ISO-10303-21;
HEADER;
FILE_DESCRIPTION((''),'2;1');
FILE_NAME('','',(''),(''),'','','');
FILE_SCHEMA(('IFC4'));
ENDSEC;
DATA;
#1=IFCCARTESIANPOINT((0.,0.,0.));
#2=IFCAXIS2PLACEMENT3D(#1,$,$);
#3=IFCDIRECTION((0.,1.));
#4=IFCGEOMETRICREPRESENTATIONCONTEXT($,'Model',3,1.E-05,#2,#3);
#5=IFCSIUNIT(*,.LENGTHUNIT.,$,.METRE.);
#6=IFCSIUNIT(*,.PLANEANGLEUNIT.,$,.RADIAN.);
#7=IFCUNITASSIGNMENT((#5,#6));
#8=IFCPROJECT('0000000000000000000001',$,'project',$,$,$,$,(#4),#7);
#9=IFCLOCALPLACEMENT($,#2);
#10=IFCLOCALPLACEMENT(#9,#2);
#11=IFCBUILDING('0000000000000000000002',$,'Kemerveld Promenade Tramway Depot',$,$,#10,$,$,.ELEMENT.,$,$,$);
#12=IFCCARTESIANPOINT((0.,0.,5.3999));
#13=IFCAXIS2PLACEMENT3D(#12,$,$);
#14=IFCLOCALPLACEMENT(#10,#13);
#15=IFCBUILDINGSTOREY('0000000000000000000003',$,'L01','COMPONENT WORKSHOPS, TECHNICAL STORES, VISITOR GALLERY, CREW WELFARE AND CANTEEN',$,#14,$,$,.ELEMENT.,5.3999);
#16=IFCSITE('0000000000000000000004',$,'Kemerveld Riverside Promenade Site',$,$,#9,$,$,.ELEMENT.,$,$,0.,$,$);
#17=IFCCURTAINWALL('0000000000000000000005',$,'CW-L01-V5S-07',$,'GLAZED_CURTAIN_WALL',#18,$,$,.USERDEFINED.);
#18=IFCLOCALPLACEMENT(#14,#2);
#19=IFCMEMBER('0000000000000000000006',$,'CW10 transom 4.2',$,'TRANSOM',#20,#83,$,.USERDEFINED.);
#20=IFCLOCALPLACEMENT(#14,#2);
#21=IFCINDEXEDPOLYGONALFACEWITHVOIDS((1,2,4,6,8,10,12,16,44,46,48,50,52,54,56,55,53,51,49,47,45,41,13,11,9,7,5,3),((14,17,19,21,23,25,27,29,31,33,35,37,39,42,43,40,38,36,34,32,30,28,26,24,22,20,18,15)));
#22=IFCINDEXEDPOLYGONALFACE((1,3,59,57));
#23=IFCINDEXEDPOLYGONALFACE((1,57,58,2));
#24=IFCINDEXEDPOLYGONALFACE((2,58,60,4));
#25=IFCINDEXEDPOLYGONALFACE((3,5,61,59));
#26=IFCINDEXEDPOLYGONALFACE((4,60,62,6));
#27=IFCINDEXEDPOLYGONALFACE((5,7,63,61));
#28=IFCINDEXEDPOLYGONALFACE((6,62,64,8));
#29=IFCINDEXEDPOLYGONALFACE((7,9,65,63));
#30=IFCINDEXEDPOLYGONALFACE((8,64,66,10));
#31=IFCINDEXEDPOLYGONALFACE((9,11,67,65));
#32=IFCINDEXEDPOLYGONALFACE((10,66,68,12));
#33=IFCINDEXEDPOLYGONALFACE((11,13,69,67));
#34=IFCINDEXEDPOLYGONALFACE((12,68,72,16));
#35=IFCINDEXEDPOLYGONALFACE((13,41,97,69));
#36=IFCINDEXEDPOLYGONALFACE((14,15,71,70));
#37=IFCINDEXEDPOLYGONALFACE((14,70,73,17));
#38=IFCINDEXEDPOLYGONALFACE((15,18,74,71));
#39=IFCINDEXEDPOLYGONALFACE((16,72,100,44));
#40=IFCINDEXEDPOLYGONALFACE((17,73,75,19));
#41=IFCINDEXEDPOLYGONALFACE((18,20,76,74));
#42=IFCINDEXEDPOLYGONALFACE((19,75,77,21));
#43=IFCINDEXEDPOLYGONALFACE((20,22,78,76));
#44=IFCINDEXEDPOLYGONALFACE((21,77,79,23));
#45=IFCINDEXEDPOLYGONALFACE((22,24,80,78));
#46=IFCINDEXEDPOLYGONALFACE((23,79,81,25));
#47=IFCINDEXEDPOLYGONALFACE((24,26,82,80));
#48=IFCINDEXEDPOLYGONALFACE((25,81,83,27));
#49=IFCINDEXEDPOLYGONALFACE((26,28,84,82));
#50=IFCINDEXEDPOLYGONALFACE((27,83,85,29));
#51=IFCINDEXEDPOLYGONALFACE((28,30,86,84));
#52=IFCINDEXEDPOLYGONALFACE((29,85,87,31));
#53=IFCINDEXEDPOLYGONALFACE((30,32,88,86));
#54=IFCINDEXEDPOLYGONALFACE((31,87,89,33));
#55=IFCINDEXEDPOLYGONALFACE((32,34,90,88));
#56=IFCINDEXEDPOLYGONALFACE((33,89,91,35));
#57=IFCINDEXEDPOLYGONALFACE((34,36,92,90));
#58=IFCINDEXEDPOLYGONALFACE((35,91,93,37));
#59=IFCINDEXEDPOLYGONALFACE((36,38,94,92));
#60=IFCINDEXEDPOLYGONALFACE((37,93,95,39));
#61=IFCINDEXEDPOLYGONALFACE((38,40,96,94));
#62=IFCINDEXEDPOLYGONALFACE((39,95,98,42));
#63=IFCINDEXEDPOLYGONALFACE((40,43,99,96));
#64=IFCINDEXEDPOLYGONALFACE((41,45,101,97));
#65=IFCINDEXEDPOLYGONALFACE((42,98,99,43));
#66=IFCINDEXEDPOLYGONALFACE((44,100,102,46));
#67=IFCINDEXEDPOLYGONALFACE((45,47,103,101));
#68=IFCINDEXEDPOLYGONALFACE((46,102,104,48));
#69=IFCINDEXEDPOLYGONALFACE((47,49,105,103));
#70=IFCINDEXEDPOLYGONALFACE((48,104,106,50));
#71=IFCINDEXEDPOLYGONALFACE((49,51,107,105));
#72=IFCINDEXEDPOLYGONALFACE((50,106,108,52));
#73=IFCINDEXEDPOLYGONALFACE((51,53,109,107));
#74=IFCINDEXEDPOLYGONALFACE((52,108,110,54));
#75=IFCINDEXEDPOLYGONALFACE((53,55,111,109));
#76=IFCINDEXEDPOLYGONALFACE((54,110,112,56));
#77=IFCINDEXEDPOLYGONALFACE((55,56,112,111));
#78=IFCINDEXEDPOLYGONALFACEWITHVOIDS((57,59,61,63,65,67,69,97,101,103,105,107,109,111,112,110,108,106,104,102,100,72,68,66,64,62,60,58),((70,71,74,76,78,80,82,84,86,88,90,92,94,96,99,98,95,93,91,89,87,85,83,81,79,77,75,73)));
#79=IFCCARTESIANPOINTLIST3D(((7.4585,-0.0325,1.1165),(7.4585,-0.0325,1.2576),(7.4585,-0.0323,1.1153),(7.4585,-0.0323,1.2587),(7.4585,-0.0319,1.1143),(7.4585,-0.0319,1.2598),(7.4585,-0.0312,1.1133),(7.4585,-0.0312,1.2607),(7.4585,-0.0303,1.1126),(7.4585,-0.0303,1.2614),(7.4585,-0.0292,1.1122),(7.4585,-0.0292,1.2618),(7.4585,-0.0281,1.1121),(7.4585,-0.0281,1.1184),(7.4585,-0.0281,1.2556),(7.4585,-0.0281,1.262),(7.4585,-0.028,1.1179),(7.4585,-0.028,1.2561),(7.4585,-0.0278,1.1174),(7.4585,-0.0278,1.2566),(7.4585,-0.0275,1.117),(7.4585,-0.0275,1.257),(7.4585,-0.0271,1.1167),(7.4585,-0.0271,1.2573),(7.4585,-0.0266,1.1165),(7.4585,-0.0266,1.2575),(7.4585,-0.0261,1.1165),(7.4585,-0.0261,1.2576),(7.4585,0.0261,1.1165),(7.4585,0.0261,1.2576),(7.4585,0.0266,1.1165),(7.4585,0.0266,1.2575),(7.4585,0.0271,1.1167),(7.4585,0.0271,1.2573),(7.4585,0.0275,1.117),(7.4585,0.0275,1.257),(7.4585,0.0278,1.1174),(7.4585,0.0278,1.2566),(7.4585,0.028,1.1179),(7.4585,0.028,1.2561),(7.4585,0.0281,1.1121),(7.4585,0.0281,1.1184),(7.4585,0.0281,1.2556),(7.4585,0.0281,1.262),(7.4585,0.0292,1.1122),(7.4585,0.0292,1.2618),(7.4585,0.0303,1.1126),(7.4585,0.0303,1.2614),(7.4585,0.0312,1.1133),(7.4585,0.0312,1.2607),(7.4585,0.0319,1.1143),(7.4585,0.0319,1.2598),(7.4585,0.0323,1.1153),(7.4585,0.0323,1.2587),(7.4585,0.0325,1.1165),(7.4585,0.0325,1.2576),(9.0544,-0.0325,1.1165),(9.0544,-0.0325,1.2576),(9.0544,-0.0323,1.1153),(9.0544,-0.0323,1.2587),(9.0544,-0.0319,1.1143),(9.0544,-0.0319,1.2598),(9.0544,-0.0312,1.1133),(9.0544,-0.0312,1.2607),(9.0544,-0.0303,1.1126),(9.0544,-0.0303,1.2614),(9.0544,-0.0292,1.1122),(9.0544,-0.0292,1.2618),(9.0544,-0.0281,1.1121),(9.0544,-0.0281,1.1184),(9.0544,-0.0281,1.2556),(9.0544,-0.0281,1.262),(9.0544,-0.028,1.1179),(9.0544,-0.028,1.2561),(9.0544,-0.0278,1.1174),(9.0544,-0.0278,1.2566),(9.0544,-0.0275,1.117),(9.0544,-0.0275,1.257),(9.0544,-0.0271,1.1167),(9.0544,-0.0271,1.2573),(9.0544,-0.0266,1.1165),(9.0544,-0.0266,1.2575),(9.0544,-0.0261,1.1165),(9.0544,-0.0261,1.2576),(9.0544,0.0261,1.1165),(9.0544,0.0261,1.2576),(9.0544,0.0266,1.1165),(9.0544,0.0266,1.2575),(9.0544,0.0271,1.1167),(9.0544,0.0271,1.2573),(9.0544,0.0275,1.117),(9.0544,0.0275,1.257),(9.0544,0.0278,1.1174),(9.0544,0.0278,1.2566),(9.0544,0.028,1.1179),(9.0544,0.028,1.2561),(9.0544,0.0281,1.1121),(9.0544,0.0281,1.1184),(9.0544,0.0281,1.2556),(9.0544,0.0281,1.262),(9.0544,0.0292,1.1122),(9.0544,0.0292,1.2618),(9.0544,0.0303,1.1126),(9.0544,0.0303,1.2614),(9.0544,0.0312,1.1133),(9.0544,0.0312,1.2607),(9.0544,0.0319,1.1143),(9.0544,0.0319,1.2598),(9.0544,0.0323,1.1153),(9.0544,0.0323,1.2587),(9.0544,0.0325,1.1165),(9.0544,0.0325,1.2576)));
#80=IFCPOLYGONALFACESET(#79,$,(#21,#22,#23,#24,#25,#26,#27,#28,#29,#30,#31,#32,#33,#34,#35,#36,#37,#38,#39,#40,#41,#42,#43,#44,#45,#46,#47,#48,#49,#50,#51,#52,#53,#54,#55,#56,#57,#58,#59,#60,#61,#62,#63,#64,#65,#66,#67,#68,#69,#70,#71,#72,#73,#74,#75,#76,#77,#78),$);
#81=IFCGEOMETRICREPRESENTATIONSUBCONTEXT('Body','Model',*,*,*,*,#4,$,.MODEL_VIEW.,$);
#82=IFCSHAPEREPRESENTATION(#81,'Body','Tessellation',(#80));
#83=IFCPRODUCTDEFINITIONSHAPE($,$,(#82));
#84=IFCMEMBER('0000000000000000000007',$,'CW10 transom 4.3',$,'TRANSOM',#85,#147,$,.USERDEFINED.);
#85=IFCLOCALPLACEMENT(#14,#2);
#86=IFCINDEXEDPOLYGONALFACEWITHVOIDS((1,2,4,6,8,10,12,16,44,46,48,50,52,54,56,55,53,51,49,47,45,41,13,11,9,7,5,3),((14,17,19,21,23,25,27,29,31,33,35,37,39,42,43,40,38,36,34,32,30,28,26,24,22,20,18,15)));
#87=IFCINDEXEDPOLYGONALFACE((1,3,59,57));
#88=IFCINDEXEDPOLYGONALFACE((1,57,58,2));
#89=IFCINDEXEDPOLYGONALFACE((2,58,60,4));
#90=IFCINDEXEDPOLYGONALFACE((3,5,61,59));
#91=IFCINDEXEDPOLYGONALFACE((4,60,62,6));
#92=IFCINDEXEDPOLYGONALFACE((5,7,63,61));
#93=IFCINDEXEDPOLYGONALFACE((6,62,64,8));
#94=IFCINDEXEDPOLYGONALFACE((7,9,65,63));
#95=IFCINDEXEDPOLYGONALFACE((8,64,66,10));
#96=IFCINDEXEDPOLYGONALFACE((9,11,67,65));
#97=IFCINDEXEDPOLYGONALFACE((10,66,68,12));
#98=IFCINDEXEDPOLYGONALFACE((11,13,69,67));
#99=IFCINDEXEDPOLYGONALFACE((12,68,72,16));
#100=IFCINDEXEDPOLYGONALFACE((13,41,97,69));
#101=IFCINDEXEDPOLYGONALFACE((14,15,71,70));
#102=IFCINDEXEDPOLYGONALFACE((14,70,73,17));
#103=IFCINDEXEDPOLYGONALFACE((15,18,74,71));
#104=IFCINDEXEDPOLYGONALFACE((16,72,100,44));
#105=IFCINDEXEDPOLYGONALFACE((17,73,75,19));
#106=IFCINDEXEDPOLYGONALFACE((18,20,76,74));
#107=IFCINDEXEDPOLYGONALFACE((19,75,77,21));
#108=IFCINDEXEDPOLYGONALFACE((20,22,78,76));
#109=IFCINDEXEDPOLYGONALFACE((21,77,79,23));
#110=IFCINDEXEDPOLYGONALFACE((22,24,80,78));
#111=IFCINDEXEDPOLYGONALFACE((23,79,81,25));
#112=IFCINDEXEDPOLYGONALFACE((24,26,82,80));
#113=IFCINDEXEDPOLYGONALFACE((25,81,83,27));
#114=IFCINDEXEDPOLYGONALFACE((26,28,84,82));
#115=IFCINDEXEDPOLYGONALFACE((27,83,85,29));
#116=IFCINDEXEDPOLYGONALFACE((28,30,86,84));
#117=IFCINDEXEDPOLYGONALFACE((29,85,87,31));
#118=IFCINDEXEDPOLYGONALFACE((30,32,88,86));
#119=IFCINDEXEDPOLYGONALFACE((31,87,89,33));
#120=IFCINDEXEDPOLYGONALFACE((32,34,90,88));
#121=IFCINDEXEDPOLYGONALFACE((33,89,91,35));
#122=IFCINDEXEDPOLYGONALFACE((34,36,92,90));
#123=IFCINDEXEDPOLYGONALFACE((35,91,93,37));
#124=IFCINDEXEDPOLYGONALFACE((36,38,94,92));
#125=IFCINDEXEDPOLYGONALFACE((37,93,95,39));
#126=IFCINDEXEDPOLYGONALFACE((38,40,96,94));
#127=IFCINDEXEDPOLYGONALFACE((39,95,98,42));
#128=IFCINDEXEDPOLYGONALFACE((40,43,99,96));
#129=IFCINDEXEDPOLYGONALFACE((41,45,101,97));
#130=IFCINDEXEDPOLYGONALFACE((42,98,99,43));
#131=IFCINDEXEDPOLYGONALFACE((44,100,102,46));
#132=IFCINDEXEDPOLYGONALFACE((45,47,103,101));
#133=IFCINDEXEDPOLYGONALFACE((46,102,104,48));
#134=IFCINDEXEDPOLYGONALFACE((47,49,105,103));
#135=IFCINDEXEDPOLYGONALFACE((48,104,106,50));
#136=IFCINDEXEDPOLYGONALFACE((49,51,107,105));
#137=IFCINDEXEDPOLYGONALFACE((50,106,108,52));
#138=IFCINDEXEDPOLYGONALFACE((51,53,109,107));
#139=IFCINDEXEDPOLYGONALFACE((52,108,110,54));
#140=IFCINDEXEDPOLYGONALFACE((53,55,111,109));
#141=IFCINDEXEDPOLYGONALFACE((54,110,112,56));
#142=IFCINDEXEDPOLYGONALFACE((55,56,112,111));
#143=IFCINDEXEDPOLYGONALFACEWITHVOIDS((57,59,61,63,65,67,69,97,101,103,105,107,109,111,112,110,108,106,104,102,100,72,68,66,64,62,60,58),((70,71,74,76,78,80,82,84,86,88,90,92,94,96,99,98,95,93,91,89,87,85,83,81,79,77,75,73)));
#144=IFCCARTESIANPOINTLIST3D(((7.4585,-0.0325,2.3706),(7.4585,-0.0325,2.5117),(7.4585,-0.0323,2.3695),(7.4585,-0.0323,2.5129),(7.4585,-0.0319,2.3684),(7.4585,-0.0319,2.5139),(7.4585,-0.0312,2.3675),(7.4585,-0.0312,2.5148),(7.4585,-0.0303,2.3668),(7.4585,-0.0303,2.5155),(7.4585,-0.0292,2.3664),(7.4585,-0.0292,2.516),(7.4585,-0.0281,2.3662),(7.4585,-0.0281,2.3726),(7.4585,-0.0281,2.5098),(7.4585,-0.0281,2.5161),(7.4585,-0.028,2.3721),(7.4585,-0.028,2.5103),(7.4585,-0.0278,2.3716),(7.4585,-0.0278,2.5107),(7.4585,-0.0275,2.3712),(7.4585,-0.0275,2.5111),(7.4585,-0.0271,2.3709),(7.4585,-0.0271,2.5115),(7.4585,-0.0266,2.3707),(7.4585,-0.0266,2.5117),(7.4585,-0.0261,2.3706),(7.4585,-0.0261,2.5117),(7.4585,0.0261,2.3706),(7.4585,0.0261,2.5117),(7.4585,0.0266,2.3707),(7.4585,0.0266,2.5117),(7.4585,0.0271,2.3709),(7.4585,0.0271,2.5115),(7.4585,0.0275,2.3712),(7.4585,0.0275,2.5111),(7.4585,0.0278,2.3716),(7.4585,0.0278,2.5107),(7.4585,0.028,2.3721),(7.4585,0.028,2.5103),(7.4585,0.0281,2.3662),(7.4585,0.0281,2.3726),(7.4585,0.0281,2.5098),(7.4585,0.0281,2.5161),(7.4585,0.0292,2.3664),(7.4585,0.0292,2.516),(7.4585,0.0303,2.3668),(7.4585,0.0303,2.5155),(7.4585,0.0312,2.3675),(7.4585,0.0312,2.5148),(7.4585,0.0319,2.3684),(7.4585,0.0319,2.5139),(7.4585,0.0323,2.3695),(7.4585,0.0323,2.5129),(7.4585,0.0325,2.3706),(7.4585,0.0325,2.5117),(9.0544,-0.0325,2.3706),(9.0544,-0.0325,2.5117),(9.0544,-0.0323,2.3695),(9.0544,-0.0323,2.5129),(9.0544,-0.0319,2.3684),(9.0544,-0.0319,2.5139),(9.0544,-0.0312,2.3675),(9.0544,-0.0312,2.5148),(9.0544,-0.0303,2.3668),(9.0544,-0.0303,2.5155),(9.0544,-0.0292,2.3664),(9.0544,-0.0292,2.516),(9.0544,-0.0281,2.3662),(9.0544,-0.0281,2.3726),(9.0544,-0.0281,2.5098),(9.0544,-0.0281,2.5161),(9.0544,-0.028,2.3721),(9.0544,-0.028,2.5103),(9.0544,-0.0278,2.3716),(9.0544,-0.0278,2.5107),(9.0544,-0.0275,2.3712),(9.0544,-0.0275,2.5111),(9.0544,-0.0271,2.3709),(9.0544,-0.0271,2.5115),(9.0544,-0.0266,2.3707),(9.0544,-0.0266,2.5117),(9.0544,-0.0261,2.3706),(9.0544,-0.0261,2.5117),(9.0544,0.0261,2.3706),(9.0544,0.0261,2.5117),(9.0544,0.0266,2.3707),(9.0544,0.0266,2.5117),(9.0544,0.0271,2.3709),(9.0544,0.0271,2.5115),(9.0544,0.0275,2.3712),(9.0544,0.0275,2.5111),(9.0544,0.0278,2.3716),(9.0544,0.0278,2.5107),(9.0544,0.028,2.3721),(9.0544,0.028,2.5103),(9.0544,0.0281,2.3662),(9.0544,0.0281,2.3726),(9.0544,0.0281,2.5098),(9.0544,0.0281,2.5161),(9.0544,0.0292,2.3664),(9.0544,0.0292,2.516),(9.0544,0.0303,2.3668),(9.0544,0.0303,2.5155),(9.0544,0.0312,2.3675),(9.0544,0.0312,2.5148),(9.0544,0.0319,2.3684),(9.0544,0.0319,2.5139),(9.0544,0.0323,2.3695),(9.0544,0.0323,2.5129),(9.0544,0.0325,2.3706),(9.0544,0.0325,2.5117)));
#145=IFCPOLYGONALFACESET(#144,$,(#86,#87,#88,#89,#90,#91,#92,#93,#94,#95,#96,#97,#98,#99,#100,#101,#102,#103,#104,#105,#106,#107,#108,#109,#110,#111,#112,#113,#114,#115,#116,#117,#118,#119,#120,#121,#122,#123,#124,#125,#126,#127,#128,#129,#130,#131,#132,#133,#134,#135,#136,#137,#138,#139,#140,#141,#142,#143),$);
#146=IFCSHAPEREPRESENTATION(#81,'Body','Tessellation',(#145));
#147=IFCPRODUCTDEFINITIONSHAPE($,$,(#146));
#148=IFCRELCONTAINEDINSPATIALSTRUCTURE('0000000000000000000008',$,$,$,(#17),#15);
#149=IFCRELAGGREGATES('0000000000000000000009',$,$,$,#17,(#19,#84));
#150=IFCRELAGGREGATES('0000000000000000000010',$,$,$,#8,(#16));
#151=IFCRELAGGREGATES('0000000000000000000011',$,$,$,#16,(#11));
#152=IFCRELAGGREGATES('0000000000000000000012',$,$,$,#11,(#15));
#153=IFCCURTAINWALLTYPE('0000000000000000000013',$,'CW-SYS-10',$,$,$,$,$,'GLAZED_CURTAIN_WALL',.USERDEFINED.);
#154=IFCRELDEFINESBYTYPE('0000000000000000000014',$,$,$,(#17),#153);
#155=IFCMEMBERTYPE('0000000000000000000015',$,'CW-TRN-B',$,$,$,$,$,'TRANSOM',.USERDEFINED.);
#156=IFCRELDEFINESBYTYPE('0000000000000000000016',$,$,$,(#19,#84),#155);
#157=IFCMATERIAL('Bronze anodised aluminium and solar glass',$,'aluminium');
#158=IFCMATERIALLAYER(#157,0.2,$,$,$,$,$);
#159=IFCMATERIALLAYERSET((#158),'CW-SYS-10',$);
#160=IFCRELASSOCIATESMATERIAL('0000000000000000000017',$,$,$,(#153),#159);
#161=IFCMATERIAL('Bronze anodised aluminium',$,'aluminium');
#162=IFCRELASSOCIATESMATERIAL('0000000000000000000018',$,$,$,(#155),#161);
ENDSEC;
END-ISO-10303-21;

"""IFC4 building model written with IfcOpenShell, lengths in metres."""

from ifc_helpers import new_model, si_unit, direction, frame, origin, origin_2d, place, context, subcontext, project, spatial, hollow_rectangle, extrude, material, layer, layer_set, material_profile, profile_set, type_object, element, aggregate, save


model = new_model("IFC4")

# Units and contexts
model_context = context("Model", 3, precision=1e-05, world=origin(), true_north=direction((0.0, 1.0)))
body_context = subcontext(model_context, "Body", "Model", "MODEL_VIEW")
ifc_project = project(units=[si_unit("LENGTHUNIT", "METRE"), si_unit("PLANEANGLEUNIT", "RADIAN")], contexts=[model_context])

# Site, building, storey
site_placement = place(None, origin())
site = spatial("IfcSite", under=ifc_project, at=site_placement, Name="Kemerveld Riverside Promenade Site", CompositionType="ELEMENT", RefElevation=0.0)
building_placement = place(site_placement, origin())
building = spatial("IfcBuilding", under=site, at=building_placement, Name="Kemerveld Promenade Tramway Depot", CompositionType="ELEMENT")
storey_placement = place(building_placement, frame((0.0, 0.0, 5.3999)))
storey = spatial("IfcBuildingStorey", under=building, at=storey_placement, Name="L01", Description="COMPONENT WORKSHOPS, TECHNICAL STORES, VISITOR GALLERY, CREW WELFARE AND CANTEEN", CompositionType="ELEMENT", Elevation=5.3999)

# Curtain wall, members
ifc_material_1 = material(Name="Bronze anodised aluminium and solar glass", Category="aluminium")
ifc_layer_1 = layer(ifc_material_1, 0.2)
ifc_layer_set_1 = layer_set([ifc_layer_1], Name="CW-SYS-10")
curtain_wall_type = type_object("IfcCurtainWallType", Name="CW-SYS-10", ElementType="GLAZED_CURTAIN_WALL", PredefinedType="USERDEFINED", material=ifc_layer_set_1)
curtain_wall_placement = place(storey_placement, origin())
curtain_wall = element("IfcCurtainWall", 1, at=curtain_wall_placement, inside=storey, type_object=curtain_wall_type, Name="CW-L01-V5S-07", ObjectType="GLAZED_CURTAIN_WALL", PredefinedType="USERDEFINED")
ifc_material_2 = material(Name="Bronze anodised aluminium", Category="aluminium")
ifc_material_profile_1 = material_profile(ifc_material_2, hollow_rectangle(XDim=0.0649, YDim=0.1499, WallThickness=0.0044, InnerFilletRadius=0.002, OuterFilletRadius=0.0044, at=origin_2d()), Name="CW-TRN-150x65")
ifc_profile_set_1 = profile_set([ifc_material_profile_1], Name="Bronze anodised aluminium")
member_type_1 = type_object("IfcMemberType", Name="CW-TRN-B", ElementType="TRANSOM", PredefinedType="USERDEFINED", material=ifc_profile_set_1)
member_1_placement = place(storey_placement, frame((9.0544, 0.0, 1.187), z_axis=(-1.0, 0.0, 0.0), x_axis=(0.0, -1.0, 0.0)))
member_1 = element("IfcMember", 2, at=member_1_placement, type_object=member_type_1, Name="CW10 transom 4.2", ObjectType="TRANSOM", PredefinedType="USERDEFINED", context=body_context, shape_type="SweptSolid", body=[
    extrude(hollow_rectangle(XDim=0.0649, YDim=0.1499, WallThickness=0.0044, InnerFilletRadius=0.002, OuterFilletRadius=0.0044, at=origin_2d()), origin(), (0.0, 0.0, 1.0), 1.5959),
])
member_2_placement = place(storey_placement, frame((9.0544, 0.0, 2.4412), z_axis=(-1.0, 0.0, 0.0), x_axis=(0.0, -1.0, 0.0)))
member_2 = element("IfcMember", 3, at=member_2_placement, type_object=member_type_1, Name="CW10 transom 4.3", ObjectType="TRANSOM", PredefinedType="USERDEFINED", context=body_context, shape_type="SweptSolid", body=[
    extrude(hollow_rectangle(XDim=0.0649, YDim=0.1499, WallThickness=0.0044, InnerFilletRadius=0.002, OuterFilletRadius=0.0044, at=origin_2d()), origin(), (0.0, 0.0, 1.0), 1.5959),
])
aggregate(curtain_wall, [member_1, member_2])

save(model, "model.ifc")
